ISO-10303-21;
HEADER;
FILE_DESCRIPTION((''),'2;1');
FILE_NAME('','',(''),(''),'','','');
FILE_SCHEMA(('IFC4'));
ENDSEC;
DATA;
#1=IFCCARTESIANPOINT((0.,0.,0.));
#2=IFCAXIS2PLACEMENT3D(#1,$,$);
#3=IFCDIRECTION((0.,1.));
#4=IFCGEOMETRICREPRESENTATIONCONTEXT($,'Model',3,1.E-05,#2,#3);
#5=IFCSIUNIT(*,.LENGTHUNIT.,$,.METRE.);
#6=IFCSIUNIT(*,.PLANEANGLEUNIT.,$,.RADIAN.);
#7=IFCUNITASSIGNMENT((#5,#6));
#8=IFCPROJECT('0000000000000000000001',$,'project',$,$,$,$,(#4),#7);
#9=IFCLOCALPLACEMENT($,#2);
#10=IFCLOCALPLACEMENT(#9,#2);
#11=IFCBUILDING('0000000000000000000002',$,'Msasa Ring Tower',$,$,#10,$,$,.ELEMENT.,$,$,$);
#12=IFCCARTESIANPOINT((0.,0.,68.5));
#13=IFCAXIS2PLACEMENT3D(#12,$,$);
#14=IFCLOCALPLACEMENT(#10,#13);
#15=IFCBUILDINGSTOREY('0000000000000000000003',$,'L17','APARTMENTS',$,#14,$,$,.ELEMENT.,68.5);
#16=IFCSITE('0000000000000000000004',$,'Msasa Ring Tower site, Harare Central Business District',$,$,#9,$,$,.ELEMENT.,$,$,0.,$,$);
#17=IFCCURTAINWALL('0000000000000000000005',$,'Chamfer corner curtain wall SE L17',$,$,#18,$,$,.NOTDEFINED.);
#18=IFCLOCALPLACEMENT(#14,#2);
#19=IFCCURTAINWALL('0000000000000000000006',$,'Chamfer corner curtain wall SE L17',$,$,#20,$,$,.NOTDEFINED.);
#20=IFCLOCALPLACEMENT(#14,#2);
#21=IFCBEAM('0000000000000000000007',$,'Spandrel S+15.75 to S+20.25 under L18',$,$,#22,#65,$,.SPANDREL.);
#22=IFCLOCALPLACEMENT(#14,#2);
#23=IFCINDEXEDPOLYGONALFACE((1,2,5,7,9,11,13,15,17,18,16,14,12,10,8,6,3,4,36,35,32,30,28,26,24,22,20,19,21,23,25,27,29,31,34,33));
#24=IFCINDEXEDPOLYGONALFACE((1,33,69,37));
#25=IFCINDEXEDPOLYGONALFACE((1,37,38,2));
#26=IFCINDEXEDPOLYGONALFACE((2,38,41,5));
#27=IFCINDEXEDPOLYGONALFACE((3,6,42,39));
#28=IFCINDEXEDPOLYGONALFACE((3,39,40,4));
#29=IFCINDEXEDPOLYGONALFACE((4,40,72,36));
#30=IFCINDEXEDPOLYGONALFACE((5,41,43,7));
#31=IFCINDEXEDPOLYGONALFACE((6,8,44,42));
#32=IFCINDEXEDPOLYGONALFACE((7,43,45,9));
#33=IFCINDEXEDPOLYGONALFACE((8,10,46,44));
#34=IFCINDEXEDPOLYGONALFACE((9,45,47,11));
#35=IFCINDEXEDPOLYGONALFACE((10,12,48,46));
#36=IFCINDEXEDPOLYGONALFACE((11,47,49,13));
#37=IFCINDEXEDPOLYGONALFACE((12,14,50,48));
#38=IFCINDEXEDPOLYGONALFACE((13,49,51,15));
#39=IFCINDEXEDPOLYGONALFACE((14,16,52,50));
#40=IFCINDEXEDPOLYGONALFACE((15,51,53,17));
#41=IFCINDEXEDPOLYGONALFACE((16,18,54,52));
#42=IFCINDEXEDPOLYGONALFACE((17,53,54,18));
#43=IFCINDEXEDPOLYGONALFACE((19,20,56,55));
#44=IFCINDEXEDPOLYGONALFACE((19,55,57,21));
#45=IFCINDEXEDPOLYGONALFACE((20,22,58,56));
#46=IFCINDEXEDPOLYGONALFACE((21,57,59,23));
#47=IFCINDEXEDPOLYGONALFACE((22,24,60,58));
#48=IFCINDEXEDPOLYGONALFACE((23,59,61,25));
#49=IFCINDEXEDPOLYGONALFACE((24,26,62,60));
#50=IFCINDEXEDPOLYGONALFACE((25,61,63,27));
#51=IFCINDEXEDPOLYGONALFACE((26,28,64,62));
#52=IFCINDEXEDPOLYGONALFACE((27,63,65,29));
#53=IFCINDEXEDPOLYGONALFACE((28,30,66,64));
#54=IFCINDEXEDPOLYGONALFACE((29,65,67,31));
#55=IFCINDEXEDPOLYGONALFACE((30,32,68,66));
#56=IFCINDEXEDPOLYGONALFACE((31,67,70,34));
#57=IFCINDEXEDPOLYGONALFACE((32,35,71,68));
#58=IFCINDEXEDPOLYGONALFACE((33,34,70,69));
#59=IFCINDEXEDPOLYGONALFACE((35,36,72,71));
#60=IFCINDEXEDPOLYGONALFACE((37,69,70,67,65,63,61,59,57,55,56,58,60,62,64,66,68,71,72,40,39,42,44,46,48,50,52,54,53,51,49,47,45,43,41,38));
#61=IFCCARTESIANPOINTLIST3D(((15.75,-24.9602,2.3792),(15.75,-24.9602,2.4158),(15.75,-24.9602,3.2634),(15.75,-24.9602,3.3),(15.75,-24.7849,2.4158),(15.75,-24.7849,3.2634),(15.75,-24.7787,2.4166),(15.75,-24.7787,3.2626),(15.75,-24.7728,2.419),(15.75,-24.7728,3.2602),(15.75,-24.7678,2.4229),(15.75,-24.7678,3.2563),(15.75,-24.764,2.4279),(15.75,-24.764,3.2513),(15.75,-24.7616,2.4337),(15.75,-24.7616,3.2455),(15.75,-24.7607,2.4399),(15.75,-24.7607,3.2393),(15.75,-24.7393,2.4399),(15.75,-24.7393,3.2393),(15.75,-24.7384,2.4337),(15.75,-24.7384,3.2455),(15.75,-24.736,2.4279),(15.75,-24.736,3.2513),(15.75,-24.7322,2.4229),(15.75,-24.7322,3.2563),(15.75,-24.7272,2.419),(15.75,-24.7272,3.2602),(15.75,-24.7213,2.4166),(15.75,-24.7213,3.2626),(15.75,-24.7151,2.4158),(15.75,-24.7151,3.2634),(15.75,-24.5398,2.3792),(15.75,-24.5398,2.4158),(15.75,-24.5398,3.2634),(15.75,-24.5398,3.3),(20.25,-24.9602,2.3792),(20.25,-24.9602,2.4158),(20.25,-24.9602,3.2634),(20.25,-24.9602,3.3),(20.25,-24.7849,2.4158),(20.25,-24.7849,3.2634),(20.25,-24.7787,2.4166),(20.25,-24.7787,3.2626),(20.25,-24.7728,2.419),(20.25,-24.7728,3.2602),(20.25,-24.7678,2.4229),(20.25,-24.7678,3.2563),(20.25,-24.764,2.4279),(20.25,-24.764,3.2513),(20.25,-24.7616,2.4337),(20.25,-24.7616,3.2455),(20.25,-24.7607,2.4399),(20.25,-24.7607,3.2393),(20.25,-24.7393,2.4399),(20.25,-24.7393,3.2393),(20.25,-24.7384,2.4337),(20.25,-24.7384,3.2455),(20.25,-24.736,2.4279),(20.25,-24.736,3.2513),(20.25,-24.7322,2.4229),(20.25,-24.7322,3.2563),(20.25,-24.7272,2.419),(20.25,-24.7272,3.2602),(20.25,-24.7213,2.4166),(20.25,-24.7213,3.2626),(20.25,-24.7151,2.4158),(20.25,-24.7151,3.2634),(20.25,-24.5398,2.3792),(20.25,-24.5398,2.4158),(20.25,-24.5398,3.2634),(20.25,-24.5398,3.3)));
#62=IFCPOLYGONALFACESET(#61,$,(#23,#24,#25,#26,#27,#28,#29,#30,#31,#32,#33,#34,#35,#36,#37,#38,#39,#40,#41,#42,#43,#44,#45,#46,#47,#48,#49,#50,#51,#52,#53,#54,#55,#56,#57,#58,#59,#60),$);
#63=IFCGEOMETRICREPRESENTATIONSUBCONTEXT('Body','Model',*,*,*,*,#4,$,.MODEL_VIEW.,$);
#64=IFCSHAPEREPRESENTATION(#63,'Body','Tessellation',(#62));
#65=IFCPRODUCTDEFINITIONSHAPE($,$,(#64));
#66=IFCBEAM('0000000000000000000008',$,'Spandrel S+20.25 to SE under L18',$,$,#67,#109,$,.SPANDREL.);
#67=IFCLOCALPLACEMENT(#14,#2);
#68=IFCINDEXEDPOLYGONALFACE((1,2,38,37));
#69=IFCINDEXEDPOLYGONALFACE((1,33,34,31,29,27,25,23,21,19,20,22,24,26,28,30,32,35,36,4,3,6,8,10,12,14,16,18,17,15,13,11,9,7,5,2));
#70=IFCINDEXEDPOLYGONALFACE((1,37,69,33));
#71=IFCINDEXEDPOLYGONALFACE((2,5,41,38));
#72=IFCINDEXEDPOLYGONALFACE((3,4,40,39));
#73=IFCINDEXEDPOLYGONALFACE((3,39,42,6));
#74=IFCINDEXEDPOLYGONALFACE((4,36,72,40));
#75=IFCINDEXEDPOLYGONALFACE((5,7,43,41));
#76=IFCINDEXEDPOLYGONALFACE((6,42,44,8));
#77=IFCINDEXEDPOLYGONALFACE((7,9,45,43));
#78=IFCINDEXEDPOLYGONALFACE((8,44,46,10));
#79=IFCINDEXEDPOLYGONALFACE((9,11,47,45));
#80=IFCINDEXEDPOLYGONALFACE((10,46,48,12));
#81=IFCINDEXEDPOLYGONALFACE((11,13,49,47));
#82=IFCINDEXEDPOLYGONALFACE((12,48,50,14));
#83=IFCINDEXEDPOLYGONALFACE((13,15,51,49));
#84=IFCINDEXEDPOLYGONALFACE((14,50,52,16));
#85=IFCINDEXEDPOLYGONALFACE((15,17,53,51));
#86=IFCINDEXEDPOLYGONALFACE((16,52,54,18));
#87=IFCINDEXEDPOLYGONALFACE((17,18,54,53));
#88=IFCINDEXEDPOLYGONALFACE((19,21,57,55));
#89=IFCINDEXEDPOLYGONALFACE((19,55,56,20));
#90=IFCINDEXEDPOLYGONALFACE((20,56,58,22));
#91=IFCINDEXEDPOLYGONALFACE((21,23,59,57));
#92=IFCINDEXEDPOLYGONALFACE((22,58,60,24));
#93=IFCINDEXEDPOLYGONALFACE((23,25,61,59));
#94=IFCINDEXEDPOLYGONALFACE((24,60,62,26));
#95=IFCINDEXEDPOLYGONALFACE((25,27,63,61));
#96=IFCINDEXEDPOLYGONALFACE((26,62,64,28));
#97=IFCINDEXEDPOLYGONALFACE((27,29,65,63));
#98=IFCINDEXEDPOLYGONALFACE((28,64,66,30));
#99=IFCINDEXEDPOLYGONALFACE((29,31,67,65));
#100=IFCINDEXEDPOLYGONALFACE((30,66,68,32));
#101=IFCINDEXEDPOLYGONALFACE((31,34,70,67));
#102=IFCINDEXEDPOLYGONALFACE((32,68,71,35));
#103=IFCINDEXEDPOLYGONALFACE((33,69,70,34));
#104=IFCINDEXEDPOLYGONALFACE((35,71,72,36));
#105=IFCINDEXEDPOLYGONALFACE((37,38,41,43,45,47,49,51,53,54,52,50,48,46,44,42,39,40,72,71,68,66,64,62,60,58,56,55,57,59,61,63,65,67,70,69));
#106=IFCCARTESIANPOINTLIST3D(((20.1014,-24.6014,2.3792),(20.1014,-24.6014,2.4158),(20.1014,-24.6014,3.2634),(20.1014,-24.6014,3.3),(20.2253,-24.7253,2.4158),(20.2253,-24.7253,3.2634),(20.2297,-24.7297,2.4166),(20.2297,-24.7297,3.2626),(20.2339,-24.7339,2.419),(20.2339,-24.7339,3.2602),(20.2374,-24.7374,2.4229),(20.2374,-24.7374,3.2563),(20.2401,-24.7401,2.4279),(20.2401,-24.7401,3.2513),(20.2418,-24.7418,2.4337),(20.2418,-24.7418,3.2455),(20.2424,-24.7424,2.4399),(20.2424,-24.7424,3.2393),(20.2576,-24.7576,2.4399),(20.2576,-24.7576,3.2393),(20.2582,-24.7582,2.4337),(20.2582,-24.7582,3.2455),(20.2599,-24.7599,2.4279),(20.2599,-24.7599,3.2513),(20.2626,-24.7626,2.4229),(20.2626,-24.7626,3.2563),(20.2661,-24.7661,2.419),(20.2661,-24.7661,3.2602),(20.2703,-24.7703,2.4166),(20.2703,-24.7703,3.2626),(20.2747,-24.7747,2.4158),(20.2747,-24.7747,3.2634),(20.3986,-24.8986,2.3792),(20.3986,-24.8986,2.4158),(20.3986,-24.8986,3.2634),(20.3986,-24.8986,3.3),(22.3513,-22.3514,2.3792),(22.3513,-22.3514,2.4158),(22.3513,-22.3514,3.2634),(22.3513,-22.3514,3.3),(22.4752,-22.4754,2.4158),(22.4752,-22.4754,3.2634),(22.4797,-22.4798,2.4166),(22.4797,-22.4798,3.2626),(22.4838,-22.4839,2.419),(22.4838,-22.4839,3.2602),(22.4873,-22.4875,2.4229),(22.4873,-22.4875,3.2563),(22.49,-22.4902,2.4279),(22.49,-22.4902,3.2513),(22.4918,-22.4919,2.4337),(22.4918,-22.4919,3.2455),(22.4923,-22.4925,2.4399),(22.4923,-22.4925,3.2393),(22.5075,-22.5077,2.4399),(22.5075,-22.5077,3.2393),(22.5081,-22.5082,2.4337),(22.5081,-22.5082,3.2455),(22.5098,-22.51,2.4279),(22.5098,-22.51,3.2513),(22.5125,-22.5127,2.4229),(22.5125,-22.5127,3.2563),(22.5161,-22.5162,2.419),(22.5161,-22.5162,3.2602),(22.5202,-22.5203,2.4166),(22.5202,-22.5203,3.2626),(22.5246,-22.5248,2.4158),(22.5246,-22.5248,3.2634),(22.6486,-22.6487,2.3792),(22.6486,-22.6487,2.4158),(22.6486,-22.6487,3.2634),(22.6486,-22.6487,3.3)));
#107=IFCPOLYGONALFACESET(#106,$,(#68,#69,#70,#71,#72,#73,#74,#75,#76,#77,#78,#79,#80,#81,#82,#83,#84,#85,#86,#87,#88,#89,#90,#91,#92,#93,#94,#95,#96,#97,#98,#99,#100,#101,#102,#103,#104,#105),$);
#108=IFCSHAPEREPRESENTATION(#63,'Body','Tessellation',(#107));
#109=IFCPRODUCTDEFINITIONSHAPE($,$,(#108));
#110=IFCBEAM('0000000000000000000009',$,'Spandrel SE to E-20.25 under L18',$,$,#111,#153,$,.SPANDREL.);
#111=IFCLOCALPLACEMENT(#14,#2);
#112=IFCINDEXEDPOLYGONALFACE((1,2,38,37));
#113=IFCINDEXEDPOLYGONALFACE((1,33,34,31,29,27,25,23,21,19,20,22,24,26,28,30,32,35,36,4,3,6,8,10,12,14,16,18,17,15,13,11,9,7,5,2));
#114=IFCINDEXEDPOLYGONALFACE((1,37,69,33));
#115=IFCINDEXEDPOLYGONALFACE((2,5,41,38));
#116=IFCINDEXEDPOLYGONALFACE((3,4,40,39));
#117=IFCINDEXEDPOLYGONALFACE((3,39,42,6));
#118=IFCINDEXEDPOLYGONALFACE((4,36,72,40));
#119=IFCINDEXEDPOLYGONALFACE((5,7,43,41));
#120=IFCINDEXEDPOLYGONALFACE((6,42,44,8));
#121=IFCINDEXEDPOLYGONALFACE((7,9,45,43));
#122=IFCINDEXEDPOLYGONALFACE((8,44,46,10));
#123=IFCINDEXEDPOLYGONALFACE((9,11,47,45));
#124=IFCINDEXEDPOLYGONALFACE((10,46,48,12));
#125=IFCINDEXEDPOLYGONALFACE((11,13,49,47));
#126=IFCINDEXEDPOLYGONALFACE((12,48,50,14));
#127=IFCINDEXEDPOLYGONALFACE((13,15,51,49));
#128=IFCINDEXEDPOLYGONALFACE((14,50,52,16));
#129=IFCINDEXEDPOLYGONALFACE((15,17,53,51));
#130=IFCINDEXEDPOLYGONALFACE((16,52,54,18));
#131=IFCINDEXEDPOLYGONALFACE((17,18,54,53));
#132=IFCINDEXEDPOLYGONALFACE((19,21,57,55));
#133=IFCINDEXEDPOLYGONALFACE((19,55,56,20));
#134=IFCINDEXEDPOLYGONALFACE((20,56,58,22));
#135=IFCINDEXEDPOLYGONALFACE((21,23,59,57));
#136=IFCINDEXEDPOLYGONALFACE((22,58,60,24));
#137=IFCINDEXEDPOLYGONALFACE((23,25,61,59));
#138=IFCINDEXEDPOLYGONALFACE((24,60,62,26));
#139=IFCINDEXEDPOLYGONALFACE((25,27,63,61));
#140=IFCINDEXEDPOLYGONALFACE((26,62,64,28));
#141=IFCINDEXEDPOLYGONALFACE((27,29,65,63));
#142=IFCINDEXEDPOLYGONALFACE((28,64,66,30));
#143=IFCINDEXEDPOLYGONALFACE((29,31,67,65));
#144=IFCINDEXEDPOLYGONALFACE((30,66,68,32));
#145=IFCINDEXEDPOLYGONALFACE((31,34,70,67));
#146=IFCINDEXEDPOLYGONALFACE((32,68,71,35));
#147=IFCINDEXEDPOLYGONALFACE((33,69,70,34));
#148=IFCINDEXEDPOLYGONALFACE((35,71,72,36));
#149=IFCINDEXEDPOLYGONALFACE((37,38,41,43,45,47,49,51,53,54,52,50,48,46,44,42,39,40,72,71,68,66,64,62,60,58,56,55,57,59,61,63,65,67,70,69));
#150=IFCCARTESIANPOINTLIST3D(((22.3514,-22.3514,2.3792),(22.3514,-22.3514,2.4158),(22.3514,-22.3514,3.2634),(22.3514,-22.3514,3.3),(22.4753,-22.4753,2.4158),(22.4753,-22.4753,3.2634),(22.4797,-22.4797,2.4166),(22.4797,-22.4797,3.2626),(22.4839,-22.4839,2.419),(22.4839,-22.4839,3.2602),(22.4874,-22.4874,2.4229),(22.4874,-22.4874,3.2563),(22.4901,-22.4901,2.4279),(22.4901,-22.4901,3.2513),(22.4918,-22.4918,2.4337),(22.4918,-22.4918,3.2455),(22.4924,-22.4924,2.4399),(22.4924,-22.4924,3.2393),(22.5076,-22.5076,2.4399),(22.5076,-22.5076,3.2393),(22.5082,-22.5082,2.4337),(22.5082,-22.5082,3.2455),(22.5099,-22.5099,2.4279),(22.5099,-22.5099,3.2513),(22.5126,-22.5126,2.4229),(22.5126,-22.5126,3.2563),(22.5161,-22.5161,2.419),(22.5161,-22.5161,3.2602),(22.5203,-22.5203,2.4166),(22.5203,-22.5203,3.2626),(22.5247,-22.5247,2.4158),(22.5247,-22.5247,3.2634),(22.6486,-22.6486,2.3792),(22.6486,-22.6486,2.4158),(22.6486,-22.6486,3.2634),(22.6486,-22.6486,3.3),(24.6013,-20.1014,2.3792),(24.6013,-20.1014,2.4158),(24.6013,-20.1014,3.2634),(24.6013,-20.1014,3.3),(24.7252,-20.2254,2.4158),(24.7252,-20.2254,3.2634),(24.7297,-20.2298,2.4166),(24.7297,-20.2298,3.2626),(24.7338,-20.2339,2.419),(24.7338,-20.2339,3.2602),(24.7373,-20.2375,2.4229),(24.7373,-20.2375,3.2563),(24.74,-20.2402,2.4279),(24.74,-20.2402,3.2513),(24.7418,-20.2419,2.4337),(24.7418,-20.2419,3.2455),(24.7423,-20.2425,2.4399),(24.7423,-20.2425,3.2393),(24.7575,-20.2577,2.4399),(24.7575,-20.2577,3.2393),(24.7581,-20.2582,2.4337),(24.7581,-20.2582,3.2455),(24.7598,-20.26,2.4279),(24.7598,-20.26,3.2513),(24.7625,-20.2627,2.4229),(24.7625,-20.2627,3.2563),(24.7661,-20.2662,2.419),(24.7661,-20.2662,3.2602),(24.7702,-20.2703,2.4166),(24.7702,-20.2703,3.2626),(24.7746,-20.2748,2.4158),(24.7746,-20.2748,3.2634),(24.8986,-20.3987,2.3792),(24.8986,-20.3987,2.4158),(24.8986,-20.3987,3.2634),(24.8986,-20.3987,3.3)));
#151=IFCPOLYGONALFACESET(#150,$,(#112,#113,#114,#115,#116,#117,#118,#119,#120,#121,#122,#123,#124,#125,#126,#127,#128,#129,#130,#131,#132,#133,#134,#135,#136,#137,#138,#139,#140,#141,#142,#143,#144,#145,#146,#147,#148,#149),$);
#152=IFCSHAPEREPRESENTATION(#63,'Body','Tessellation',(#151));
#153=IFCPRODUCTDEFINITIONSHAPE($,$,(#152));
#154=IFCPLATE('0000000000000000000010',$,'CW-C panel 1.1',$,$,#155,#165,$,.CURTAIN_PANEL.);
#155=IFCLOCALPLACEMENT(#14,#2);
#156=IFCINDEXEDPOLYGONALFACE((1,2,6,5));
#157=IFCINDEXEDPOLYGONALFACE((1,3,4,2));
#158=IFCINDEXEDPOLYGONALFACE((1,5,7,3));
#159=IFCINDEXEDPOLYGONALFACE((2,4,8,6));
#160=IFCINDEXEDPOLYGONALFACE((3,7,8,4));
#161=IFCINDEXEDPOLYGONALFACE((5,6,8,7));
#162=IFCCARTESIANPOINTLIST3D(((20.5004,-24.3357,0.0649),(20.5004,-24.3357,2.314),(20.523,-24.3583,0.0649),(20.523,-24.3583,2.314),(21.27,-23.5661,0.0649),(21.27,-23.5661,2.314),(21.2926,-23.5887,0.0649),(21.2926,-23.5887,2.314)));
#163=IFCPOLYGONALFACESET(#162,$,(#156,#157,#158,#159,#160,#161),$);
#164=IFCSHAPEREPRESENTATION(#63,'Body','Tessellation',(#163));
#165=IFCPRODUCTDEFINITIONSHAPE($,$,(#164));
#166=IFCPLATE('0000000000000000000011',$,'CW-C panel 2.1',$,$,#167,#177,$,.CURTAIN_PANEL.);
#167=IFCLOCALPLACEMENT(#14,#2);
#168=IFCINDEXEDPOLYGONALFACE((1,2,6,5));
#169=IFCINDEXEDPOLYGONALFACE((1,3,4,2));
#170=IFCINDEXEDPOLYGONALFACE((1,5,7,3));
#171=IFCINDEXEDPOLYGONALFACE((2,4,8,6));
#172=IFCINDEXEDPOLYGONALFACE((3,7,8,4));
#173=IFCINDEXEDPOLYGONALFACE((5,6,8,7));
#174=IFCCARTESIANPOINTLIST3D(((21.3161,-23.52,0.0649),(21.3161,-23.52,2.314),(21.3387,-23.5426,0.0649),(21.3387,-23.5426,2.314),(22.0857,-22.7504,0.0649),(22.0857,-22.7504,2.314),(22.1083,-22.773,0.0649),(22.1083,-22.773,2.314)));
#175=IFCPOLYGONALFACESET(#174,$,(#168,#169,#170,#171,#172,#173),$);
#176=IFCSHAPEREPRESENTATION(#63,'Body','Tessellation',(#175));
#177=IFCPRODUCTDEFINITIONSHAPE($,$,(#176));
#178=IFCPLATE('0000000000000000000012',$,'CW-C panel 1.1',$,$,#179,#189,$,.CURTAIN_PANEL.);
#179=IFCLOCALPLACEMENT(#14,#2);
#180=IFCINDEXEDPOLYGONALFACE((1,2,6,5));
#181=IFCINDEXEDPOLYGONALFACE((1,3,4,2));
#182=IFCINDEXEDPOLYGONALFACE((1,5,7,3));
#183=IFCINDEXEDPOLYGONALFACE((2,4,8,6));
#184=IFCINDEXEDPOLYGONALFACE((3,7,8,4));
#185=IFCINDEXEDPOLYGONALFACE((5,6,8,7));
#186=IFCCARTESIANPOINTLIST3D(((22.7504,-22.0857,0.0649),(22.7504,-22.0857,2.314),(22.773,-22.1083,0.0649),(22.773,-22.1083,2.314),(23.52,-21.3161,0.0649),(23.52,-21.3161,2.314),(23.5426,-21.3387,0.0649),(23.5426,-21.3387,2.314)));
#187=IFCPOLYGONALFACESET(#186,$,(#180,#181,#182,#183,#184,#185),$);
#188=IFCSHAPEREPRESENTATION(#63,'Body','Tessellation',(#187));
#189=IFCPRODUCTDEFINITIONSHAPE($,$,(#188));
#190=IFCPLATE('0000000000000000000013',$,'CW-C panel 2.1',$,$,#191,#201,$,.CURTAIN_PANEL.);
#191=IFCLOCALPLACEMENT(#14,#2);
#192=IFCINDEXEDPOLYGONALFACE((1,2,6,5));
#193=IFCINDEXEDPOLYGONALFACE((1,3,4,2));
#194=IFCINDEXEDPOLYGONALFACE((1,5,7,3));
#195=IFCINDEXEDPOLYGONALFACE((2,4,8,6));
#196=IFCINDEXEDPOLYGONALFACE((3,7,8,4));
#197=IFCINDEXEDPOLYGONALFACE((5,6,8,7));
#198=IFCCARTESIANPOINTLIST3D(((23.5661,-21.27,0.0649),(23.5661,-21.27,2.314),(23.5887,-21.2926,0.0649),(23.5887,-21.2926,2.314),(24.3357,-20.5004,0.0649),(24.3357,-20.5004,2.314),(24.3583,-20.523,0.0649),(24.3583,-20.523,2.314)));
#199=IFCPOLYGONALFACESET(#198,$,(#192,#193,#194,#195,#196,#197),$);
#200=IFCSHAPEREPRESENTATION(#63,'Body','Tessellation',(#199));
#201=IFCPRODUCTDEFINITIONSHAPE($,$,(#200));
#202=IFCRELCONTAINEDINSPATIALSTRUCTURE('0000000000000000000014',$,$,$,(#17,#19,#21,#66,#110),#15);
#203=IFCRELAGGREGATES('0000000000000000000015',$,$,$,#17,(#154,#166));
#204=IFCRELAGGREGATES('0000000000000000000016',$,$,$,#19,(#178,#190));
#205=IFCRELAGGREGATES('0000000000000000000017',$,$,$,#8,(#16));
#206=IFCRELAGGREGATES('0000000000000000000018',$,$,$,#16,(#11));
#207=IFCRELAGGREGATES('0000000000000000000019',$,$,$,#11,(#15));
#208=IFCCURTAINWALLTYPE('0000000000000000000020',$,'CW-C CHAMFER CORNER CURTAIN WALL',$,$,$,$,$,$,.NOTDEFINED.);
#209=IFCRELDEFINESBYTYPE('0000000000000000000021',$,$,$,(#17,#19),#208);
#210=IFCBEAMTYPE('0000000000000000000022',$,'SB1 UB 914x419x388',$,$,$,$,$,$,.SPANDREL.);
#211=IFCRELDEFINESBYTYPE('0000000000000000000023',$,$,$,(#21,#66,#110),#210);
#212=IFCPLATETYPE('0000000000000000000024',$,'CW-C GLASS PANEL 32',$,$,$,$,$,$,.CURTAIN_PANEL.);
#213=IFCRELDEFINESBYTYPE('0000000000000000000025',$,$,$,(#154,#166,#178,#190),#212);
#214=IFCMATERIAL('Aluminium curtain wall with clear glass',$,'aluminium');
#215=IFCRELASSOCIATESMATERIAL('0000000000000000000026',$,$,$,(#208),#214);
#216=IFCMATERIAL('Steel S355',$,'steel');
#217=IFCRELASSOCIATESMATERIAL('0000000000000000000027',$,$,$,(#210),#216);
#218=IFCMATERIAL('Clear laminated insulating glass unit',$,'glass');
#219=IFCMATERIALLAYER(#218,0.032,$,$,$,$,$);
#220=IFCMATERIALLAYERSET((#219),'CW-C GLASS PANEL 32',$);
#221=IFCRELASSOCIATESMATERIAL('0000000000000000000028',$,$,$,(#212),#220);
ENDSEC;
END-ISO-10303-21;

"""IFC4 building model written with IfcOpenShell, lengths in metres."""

from ifc_helpers import new_model, si_unit, direction, frame, origin, origin_2d, place, context, subcontext, project, spatial, rectangle, i_section, extrude, material, layer, layer_set, material_profile, profile_set, type_object, element, aggregate, save


model = new_model("IFC4")

# Units and contexts
model_context = context("Model", 3, precision=1e-05, world=origin(), true_north=direction((0.0, 1.0)))
body_context = subcontext(model_context, "Body", "Model", "MODEL_VIEW")
ifc_project = project(units=[si_unit("LENGTHUNIT", "METRE"), si_unit("PLANEANGLEUNIT", "RADIAN")], contexts=[model_context])

# Site, building, storey
site_placement = place(None, origin())
site = spatial("IfcSite", under=ifc_project, at=site_placement, Name="Msasa Ring Tower site, Harare Central Business District", CompositionType="ELEMENT", RefElevation=0.0)
building_placement = place(site_placement, origin())
building = spatial("IfcBuilding", under=site, at=building_placement, Name="Msasa Ring Tower", CompositionType="ELEMENT")
storey_placement = place(building_placement, frame((0.0, 0.0, 68.5)))
storey = spatial("IfcBuildingStorey", under=building, at=storey_placement, Name="L17", Description="APARTMENTS", CompositionType="ELEMENT", Elevation=68.5)

# Curtain walls
ifc_material_1 = material(Name="Aluminium curtain wall with clear glass", Category="aluminium")
curtain_wall_type = type_object("IfcCurtainWallType", Name="CW-C CHAMFER CORNER CURTAIN WALL", PredefinedType="NOTDEFINED", material=ifc_material_1)
curtain_wall_1_placement = place(storey_placement, origin())
curtain_wall_1 = element("IfcCurtainWall", 1, at=curtain_wall_1_placement, inside=storey, type_object=curtain_wall_type, Name="Chamfer corner curtain wall SE L17", PredefinedType="NOTDEFINED")
curtain_wall_2_placement = place(storey_placement, origin())
curtain_wall_2 = element("IfcCurtainWall", 2, at=curtain_wall_2_placement, inside=storey, type_object=curtain_wall_type, Name="Chamfer corner curtain wall SE L17", PredefinedType="NOTDEFINED")

# Beams
ifc_material_2 = material(Name="Steel S355", Category="steel")
ifc_material_profile_1 = material_profile(ifc_material_2, i_section(OverallWidth=0.4204, OverallDepth=0.9209, WebThickness=0.0215, FlangeThickness=0.0366, FilletRadius=0.0242, at=origin_2d()), Name="UB 914x419x388")
ifc_profile_set_1 = profile_set([ifc_material_profile_1], Name="Steel S355")
beam_type_1 = type_object("IfcBeamType", Name="SB1 UB 914x419x388", PredefinedType="SPANDREL", material=ifc_profile_set_1)
beam_1_placement = place(storey_placement, frame((15.75, -24.75, 2.8396), z_axis=(1.0, 0.0, 0.0), x_axis=(0.0, 1.0, 0.0)))
element("IfcBeam", 3, at=beam_1_placement, inside=storey, type_object=beam_type_1, Name="Spandrel S+15.75 to S+20.25 under L18", PredefinedType="SPANDREL", context=body_context, shape_type="SweptSolid", body=[
    extrude(i_section(OverallWidth=0.4204, OverallDepth=0.9209, WebThickness=0.0215, FlangeThickness=0.0366, FilletRadius=0.0242, at=origin_2d()), origin(), (0.0, 0.0, 1.0), 4.5),
])
for number, where, z_axis, x_axis, name in (
    (4, (20.25, -24.75, 2.8396), (0.707107, 0.707107, 0.0), (-0.707107, 0.707107, 0.0), "Spandrel S+20.25 to SE under L18"),
    (5, (22.5, -22.5, 2.8396), (0.707107, 0.707107, 0.0), (-0.707107, 0.707107, 0.0), "Spandrel SE to E-20.25 under L18"),
):
    element("IfcBeam", number, at=place(storey_placement, frame(where, z_axis=z_axis, x_axis=x_axis)), inside=storey, type_object=beam_type_1, Name=name, PredefinedType="SPANDREL", context=body_context, shape_type="SweptSolid", body=[
        extrude(i_section(OverallWidth=0.4204, OverallDepth=0.9209, WebThickness=0.0215, FlangeThickness=0.0366, FilletRadius=0.0242, at=origin_2d()), origin(), (0.0, 0.0, 1.0), 3.1819),
    ])

# Plates
ifc_material_3 = material(Name="Clear laminated insulating glass unit", Category="glass")
ifc_layer_1 = layer(ifc_material_3, 0.032)
ifc_layer_set_1 = layer_set([ifc_layer_1], Name="CW-C GLASS PANEL 32")
plate_type = type_object("IfcPlateType", Name="CW-C GLASS PANEL 32", PredefinedType="CURTAIN_PANEL", material=ifc_layer_set_1)
plate_1_placement = place(storey_placement, frame((20.8965, -23.9622, 0.0649), z_axis=(0.0, 0.0, 1.0), x_axis=(0.707107, 0.707107, 0.0)))
plate_1 = element("IfcPlate", 6, at=plate_1_placement, type_object=plate_type, Name="CW-C panel 1.1", PredefinedType="CURTAIN_PANEL", context=body_context, shape_type="SweptSolid", body=[
    extrude(rectangle(XDim=1.0884, YDim=0.032, at=origin_2d()), origin(), (0.0, 0.0, 1.0), 2.249),
])
plate_2_placement = place(storey_placement, frame((21.7122, -23.1465, 0.0649), z_axis=(0.0, 0.0, 1.0), x_axis=(0.707107, 0.707107, 0.0)))
plate_2 = element("IfcPlate", 7, at=plate_2_placement, type_object=plate_type, Name="CW-C panel 2.1", PredefinedType="CURTAIN_PANEL", context=body_context, shape_type="SweptSolid", body=[
    extrude(rectangle(XDim=1.0884, YDim=0.032, at=origin_2d()), origin(), (0.0, 0.0, 1.0), 2.249),
])
aggregate(curtain_wall_1, [plate_1, plate_2])
plate_3_placement = place(storey_placement, frame((23.1465, -21.7122, 0.0649), z_axis=(0.0, 0.0, 1.0), x_axis=(0.707107, 0.707107, 0.0)))
plate_3 = element("IfcPlate", 8, at=plate_3_placement, type_object=plate_type, Name="CW-C panel 1.1", PredefinedType="CURTAIN_PANEL", context=body_context, shape_type="SweptSolid", body=[
    extrude(rectangle(XDim=1.0884, YDim=0.032, at=origin_2d()), origin(), (0.0, 0.0, 1.0), 2.249),
])
plate_4_placement = place(storey_placement, frame((23.9622, -20.8965, 0.0649), z_axis=(0.0, 0.0, 1.0), x_axis=(0.707107, 0.707107, 0.0)))
plate_4 = element("IfcPlate", 9, at=plate_4_placement, type_object=plate_type, Name="CW-C panel 2.1", PredefinedType="CURTAIN_PANEL", context=body_context, shape_type="SweptSolid", body=[
    extrude(rectangle(XDim=1.0884, YDim=0.032, at=origin_2d()), origin(), (0.0, 0.0, 1.0), 2.249),
])
aggregate(curtain_wall_2, [plate_3, plate_4])

save(model, "model.ifc")
